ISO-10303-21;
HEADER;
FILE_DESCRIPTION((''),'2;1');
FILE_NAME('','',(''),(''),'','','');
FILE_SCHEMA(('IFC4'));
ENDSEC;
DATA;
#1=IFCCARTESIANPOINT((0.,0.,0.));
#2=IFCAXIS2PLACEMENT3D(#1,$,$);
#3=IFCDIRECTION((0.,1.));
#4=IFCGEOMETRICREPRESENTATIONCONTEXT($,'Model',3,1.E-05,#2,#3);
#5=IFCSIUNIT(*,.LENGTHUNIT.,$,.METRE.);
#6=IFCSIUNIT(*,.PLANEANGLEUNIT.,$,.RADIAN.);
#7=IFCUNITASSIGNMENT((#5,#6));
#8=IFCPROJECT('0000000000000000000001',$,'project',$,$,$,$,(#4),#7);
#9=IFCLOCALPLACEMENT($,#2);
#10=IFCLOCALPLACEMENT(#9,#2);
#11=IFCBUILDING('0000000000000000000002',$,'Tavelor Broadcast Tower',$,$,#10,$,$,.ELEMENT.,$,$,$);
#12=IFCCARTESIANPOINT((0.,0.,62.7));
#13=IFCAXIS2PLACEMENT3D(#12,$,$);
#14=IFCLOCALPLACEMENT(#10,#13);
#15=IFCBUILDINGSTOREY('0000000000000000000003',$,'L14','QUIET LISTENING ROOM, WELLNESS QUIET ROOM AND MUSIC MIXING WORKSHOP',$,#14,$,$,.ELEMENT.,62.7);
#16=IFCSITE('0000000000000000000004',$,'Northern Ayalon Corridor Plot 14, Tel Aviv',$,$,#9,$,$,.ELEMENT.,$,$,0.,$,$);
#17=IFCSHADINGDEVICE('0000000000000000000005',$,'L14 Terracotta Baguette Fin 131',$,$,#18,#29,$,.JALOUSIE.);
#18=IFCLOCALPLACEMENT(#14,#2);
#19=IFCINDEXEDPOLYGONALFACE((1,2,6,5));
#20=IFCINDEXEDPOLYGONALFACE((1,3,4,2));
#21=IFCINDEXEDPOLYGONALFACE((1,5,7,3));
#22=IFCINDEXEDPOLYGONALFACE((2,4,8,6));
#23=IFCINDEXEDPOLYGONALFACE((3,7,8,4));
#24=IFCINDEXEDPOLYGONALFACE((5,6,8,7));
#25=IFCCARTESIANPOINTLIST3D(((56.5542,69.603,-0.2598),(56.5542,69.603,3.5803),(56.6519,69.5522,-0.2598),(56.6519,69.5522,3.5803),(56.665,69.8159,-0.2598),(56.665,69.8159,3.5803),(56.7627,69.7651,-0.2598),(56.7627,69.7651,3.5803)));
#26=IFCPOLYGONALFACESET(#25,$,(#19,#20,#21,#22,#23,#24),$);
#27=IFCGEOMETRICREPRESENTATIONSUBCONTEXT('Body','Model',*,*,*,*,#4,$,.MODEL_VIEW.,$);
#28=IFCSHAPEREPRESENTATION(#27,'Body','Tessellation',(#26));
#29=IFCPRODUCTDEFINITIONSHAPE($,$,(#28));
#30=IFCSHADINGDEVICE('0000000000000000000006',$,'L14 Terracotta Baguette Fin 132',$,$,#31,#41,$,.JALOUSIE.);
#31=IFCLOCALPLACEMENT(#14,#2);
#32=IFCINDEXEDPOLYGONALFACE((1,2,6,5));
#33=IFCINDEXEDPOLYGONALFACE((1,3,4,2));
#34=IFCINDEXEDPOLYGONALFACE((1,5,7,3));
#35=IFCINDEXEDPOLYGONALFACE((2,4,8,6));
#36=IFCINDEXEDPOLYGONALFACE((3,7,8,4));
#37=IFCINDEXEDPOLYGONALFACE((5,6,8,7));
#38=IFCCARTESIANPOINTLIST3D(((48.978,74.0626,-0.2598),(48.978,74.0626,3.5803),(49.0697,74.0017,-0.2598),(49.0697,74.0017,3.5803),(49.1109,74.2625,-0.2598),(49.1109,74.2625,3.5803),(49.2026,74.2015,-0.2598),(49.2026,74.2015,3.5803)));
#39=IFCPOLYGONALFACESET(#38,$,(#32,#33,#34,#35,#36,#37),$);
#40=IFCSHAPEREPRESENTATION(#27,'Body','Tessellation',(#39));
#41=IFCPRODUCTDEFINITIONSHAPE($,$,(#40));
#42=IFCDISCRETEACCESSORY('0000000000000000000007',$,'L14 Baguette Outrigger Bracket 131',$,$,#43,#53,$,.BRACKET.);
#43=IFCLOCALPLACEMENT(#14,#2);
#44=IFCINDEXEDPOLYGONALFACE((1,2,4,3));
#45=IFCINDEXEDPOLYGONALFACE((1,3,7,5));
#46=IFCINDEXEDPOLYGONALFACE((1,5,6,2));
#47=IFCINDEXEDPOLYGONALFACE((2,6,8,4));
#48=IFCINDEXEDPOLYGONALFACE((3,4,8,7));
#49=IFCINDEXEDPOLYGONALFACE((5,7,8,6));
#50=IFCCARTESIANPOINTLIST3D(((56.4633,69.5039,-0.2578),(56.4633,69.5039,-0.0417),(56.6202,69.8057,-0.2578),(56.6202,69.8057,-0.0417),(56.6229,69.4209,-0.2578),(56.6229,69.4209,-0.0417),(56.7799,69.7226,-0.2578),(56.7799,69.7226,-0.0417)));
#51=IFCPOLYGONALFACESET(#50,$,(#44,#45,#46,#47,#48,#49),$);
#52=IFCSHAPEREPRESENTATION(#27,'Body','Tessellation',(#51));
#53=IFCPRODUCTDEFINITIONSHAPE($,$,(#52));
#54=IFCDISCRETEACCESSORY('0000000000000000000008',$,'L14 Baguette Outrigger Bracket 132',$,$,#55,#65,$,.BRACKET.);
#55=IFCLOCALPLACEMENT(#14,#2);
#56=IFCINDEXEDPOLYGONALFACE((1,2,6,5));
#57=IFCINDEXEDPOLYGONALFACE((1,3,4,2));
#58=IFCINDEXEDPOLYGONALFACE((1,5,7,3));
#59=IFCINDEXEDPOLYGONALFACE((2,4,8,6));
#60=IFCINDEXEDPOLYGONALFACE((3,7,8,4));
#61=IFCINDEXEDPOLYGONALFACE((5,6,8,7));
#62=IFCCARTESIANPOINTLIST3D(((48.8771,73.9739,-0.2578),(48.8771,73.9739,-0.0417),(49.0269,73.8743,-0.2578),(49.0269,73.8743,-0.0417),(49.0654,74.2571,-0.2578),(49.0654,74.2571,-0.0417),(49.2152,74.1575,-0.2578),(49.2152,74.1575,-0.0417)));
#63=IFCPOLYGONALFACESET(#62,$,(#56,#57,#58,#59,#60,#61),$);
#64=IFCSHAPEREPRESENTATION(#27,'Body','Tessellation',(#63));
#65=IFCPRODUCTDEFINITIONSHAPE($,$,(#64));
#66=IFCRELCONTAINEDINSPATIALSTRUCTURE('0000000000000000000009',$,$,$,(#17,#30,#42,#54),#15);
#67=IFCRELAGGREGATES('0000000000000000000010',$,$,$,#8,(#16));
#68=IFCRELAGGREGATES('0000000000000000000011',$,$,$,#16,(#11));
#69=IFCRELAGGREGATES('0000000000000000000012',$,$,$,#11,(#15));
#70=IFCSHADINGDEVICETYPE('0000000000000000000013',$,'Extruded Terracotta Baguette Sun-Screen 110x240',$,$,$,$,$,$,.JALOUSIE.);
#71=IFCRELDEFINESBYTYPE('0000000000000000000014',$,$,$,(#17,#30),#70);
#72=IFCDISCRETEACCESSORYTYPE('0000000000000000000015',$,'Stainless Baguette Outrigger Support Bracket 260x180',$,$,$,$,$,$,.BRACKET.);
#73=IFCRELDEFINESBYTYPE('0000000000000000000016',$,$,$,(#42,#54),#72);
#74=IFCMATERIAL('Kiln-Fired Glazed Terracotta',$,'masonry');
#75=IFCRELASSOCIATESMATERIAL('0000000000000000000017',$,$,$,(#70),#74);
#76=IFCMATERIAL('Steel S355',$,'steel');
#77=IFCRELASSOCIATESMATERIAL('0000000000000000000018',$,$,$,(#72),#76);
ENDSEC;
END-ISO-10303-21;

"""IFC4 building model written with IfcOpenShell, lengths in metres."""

from ifc_helpers import new_model, si_unit, direction, frame, origin, origin_2d, place, context, subcontext, project, spatial, rectangle, extrude, source, transform, mapped, material, type_object, type_shapes, element, save


model = new_model("IFC4")

# Units and contexts
model_context = context("Model", 3, precision=1e-05, world=origin(), true_north=direction((0.0, 1.0)))
body_context = subcontext(model_context, "Body", "Model", "MODEL_VIEW")
ifc_project = project(units=[si_unit("LENGTHUNIT", "METRE"), si_unit("PLANEANGLEUNIT", "RADIAN")], contexts=[model_context])

# Site, building, storey
site_placement = place(None, origin())
site = spatial("IfcSite", under=ifc_project, at=site_placement, Name="Northern Ayalon Corridor Plot 14, Tel Aviv", CompositionType="ELEMENT", RefElevation=0.0)
building_placement = place(site_placement, origin())
building = spatial("IfcBuilding", under=site, at=building_placement, Name="Tavelor Broadcast Tower", CompositionType="ELEMENT")
storey_placement = place(building_placement, frame((0.0, 0.0, 62.7)))
storey = spatial("IfcBuildingStorey", under=building, at=storey_placement, Name="L14", Description="QUIET LISTENING ROOM, WELLNESS QUIET ROOM AND MUSIC MIXING WORKSHOP", CompositionType="ELEMENT", Elevation=62.7)

# Shared definitions
ifc_material_1 = material(Name="Steel S355", Category="steel")

# Shading devices
ifc_material_2 = material(Name="Kiln-Fired Glazed Terracotta", Category="masonry")
shading_device_type = type_object("IfcShadingDeviceType", Name="Extruded Terracotta Baguette Sun-Screen 110x240", PredefinedType="JALOUSIE", material=ifc_material_2)
shared_shape_1 = source(origin(), body_context, "Body", "SweptSolid", [
    extrude(rectangle(XDim=0.1101, YDim=0.24, at=origin_2d()), origin(), (0.0, 0.0, 1.0), 3.8401),
])
type_shapes(shading_device_type, [shared_shape_1])
for number, where, z_axis, x_axis, name in (
    (1, (56.6584, 69.6841, -0.2598), (0.0, 0.0, 1.0), (-0.887172, 0.461439, 0.0), "L14 Terracotta Baguette Fin 131"),
    (2, (49.0903, 74.1321, -0.2598), (0.0, 0.0, 1.0), (-0.832728, 0.553682, 0.0), "L14 Terracotta Baguette Fin 132"),
):
    element("IfcShadingDevice", number, at=place(storey_placement, frame(where, z_axis=z_axis, x_axis=x_axis)), inside=storey, type_object=shading_device_type, Name=name, PredefinedType="JALOUSIE", context=body_context, shape_type="MappedRepresentation", body=[
        mapped(shared_shape_1, transform((0.0, 0.0, 0.0), scale=1.0)),
    ])

# Discrete accessories
discrete_accessory_type = type_object("IfcDiscreteAccessoryType", Name="Stainless Baguette Outrigger Support Bracket 260x180", PredefinedType="BRACKET", material=ifc_material_1)
shared_shape_2 = source(origin(), body_context, "Body", "SweptSolid", [
    extrude(rectangle(XDim=0.1799, YDim=0.3401, at=origin_2d()), origin(), (0.0, 0.0, 1.0), 0.2161),
])
type_shapes(discrete_accessory_type, [shared_shape_2])
for number, where, z_axis, x_axis, name in (
    (3, (56.6216, 69.6133, -0.2578), (0.0, 0.0, 1.0), (-0.887172, 0.461439, 0.0), "L14 Baguette Outrigger Bracket 131"),
    (4, (49.0461, 74.0657, -0.2578), (0.0, 0.0, 1.0), (-0.832728, 0.553682, 0.0), "L14 Baguette Outrigger Bracket 132"),
):
    element("IfcDiscreteAccessory", number, at=place(storey_placement, frame(where, z_axis=z_axis, x_axis=x_axis)), inside=storey, type_object=discrete_accessory_type, Name=name, PredefinedType="BRACKET", context=body_context, shape_type="MappedRepresentation", body=[
        mapped(shared_shape_2, transform((0.0, 0.0, 0.0), scale=1.0)),
    ])

save(model, "model.ifc")
